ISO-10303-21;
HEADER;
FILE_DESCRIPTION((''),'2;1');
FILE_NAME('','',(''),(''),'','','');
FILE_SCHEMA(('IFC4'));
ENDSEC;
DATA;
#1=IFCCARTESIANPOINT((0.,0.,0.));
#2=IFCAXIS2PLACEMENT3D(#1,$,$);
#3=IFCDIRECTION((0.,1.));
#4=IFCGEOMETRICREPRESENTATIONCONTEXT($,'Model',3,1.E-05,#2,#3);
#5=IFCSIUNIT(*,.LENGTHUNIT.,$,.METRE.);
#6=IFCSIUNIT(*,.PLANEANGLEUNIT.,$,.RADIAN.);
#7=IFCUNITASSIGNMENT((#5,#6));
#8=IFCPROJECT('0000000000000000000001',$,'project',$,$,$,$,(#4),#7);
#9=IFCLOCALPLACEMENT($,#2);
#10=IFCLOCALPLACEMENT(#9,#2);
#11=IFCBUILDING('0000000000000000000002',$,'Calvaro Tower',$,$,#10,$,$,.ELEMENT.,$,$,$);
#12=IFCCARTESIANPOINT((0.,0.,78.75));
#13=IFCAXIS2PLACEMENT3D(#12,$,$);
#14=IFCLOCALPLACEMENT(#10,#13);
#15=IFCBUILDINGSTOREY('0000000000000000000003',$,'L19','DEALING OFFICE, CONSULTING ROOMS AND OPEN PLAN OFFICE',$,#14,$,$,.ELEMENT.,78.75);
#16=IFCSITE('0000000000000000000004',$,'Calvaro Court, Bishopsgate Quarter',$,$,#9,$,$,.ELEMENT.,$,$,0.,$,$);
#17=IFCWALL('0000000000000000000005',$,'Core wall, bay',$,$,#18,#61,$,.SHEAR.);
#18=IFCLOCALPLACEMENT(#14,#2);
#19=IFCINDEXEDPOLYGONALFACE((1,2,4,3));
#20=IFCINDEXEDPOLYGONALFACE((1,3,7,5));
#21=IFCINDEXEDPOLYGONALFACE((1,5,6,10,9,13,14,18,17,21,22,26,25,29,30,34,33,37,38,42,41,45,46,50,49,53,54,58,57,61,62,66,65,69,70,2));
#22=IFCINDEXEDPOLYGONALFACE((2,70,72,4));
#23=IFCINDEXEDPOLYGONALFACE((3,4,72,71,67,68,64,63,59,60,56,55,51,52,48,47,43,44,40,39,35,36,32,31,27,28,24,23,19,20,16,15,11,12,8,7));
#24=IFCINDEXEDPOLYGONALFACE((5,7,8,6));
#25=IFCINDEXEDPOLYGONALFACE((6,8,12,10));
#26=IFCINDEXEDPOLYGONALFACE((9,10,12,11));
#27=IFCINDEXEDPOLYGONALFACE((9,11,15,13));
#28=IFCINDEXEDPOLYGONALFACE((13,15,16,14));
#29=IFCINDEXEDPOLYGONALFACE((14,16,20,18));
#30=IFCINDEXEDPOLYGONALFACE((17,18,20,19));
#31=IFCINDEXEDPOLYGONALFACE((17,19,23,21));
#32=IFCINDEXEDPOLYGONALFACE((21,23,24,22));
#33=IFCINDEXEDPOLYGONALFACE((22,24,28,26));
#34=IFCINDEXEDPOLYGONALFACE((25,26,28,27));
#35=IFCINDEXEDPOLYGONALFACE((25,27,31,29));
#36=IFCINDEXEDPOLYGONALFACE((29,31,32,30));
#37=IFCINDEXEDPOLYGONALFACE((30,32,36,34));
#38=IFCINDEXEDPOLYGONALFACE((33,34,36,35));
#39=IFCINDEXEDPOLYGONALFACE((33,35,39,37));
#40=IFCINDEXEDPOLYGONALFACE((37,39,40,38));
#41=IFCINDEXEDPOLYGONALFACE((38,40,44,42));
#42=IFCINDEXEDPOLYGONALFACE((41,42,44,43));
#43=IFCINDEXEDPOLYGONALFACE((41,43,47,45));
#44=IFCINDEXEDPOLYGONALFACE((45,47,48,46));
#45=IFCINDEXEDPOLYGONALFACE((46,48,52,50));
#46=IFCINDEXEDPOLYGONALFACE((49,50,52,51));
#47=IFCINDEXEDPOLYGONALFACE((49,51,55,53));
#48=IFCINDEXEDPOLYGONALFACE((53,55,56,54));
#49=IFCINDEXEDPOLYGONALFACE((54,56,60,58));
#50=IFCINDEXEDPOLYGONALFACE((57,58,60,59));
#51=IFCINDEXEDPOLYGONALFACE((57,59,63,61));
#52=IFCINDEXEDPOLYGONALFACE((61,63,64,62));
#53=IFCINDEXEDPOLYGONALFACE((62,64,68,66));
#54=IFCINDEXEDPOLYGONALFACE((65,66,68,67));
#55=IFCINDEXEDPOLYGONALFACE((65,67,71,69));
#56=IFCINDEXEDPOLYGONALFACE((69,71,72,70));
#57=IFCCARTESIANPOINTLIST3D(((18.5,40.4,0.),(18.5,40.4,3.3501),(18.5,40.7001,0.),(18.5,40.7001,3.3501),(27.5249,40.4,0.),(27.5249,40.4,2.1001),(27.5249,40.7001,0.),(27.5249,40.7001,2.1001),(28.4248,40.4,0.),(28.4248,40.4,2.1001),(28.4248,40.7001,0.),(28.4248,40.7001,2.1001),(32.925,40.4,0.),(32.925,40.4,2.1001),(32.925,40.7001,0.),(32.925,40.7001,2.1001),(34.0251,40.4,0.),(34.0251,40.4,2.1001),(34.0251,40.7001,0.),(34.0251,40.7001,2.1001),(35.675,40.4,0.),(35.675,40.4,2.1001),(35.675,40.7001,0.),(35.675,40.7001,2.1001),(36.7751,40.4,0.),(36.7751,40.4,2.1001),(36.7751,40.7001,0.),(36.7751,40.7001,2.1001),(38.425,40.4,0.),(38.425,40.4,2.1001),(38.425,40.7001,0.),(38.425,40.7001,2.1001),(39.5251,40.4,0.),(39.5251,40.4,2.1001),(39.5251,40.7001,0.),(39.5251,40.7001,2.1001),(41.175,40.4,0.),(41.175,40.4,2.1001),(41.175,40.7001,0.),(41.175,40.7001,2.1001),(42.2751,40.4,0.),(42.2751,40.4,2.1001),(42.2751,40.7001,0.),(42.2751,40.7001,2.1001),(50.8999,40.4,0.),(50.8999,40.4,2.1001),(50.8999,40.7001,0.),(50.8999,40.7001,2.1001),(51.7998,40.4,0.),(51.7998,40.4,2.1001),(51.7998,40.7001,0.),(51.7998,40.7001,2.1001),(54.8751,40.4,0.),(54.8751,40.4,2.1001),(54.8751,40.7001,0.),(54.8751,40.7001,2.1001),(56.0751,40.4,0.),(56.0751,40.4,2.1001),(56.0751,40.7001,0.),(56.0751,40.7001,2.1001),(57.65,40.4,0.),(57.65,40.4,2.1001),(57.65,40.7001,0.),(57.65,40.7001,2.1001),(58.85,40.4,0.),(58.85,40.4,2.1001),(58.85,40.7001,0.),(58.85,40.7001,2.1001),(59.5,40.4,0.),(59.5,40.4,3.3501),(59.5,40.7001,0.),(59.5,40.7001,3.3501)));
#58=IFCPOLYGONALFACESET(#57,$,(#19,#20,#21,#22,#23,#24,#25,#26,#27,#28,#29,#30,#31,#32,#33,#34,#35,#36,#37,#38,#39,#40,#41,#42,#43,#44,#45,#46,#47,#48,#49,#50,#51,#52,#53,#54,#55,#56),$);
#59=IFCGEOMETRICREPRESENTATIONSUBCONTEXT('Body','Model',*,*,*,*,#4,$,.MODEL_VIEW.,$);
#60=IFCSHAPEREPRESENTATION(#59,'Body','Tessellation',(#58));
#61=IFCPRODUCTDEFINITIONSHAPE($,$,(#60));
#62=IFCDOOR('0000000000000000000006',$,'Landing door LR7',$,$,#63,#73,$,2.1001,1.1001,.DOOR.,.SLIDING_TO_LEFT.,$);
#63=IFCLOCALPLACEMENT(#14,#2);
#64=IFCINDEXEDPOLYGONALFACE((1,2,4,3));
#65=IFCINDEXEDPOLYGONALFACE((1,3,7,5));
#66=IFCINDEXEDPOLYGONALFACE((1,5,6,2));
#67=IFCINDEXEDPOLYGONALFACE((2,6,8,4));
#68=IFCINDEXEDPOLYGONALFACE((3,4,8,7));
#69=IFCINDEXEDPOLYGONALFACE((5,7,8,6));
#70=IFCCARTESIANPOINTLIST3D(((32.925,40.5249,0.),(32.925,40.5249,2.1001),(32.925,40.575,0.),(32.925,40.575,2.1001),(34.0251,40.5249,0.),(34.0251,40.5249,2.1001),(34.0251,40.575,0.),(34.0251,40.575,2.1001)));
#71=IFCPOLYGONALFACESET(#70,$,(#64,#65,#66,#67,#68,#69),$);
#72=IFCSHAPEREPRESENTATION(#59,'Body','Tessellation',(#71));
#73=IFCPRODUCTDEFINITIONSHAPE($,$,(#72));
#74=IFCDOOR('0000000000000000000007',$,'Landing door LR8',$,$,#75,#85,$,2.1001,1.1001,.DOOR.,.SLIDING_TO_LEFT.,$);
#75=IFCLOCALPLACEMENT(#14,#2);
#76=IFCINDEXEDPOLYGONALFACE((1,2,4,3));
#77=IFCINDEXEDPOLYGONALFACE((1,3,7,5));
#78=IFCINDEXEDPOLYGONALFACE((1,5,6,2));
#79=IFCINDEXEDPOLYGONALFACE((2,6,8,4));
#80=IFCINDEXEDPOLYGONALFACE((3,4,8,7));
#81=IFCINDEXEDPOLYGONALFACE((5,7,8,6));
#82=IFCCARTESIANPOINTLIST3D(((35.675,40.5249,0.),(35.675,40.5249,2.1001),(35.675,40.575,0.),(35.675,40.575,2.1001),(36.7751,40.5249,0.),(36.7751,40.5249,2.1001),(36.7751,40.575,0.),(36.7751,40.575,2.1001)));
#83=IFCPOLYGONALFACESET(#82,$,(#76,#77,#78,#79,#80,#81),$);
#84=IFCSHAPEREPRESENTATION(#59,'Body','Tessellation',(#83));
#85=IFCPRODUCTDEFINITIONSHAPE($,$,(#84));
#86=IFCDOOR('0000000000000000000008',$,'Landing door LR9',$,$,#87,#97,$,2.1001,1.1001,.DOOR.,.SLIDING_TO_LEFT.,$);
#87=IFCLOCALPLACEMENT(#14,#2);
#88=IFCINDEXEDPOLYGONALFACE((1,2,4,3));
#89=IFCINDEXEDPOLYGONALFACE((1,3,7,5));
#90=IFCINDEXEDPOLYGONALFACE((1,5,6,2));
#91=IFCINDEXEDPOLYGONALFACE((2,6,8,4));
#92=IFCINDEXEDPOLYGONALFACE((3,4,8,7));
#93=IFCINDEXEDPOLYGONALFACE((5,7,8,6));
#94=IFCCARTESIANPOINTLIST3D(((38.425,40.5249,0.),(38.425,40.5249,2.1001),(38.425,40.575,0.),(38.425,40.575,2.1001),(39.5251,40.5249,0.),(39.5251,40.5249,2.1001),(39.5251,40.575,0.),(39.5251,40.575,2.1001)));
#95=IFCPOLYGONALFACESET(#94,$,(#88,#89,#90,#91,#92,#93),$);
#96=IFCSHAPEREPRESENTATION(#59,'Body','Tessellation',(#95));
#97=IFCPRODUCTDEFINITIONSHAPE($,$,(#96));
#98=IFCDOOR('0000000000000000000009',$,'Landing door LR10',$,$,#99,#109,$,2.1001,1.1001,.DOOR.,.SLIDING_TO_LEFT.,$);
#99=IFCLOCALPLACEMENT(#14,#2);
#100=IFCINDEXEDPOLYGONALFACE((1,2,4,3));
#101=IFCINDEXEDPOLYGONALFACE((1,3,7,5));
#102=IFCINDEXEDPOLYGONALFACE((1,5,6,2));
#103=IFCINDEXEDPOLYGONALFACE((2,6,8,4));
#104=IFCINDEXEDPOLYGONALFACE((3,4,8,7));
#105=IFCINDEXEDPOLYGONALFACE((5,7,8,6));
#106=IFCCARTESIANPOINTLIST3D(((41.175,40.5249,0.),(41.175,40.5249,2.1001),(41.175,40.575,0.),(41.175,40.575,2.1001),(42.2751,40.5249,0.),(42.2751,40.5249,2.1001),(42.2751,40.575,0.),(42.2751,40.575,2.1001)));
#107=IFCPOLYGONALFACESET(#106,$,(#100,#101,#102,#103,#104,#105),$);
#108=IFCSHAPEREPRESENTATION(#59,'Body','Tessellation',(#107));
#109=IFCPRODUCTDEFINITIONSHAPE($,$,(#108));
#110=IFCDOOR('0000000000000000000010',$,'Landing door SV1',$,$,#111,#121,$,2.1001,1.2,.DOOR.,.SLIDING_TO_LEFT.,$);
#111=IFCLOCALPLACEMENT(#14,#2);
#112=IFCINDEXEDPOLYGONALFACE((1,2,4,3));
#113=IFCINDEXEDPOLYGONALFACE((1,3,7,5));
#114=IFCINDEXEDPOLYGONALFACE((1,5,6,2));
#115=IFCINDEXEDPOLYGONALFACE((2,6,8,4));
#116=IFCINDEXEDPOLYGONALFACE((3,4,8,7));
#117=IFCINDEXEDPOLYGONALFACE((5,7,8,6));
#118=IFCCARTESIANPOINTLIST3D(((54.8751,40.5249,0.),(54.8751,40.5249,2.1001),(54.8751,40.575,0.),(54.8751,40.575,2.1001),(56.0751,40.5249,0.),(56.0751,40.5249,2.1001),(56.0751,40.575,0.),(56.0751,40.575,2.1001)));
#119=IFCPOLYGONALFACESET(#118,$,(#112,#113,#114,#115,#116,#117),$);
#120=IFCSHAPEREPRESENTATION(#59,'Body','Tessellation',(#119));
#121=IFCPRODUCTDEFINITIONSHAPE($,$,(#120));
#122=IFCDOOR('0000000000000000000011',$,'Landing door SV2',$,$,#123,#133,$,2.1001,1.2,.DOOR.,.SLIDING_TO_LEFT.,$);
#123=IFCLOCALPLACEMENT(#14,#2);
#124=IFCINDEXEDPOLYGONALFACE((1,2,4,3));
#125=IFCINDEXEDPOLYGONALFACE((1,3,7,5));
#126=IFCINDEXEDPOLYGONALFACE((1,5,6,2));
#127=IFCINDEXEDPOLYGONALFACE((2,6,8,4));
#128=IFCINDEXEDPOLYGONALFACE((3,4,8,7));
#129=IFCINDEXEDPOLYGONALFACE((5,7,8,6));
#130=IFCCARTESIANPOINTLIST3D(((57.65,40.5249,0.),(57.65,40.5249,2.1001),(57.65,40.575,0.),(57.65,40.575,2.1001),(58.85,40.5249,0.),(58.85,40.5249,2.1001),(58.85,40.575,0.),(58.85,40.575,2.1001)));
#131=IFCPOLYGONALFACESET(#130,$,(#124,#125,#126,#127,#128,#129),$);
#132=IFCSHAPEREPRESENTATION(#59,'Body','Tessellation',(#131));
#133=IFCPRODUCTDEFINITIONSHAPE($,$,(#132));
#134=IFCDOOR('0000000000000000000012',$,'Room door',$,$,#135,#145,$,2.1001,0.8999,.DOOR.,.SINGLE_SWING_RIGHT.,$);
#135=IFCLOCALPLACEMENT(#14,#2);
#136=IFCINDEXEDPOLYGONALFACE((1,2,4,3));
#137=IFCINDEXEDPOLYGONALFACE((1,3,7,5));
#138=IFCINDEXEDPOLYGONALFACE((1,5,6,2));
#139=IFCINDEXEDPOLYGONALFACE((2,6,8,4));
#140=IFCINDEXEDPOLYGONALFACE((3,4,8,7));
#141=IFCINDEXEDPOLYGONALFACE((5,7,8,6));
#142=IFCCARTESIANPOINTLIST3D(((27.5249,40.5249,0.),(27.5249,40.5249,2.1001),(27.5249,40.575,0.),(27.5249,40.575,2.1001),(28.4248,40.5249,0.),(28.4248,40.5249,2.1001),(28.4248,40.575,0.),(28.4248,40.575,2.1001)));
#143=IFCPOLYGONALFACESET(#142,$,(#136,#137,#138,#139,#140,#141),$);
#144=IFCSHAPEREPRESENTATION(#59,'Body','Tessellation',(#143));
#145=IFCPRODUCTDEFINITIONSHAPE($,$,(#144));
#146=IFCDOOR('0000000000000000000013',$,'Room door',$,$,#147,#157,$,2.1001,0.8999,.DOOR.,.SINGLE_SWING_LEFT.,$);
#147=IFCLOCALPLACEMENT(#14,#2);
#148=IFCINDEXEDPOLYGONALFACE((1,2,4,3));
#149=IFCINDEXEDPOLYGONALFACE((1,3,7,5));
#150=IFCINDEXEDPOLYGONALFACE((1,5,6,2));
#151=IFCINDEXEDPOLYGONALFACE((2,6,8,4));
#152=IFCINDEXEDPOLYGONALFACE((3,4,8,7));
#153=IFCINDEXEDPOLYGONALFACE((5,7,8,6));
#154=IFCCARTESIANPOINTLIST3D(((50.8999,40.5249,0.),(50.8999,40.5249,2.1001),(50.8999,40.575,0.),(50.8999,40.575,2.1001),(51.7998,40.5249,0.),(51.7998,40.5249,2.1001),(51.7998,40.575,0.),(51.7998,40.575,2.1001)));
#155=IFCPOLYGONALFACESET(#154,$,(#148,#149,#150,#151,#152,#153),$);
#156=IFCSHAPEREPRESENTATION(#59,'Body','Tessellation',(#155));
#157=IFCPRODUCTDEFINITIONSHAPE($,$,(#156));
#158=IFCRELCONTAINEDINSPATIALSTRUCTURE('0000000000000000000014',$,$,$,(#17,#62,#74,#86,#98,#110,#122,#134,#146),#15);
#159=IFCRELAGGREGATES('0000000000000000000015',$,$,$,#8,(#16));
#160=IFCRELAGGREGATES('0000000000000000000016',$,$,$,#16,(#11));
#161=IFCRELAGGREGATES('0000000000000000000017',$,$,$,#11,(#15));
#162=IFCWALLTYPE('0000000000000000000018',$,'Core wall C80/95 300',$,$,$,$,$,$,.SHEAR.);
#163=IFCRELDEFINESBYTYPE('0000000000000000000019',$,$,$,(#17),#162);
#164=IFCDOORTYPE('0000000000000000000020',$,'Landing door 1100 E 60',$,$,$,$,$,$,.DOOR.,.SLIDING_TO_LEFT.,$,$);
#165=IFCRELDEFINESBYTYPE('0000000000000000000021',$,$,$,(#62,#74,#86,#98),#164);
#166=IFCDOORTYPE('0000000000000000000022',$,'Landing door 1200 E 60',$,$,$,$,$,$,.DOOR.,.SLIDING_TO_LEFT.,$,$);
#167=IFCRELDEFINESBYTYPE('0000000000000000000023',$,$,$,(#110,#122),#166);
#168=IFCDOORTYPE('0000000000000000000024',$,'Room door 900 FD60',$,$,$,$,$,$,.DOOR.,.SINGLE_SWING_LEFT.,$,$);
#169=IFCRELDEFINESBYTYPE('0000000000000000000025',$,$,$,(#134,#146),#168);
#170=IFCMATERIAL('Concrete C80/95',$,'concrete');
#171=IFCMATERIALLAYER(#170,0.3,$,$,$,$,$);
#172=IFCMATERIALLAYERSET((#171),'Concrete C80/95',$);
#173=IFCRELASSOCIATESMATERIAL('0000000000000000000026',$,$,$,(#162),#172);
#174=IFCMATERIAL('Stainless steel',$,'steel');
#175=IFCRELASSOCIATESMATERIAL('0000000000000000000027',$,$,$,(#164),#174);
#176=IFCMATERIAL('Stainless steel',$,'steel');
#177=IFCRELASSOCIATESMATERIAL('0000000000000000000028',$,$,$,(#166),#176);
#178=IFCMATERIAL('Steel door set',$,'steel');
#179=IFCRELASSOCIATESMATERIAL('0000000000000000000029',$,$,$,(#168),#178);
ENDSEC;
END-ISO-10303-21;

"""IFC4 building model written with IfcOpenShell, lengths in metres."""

from ifc_helpers import new_model, si_unit, direction, frame, frame_2d, origin, place, context, subcontext, project, spatial, rectangle, extrude, material, layer, layer_set, type_object, element, fill, save


model = new_model("IFC4")

# Units and contexts
model_context = context("Model", 3, precision=1e-05, world=origin(), true_north=direction((0.0, 1.0)))
body_context = subcontext(model_context, "Body", "Model", "MODEL_VIEW")
ifc_project = project(units=[si_unit("LENGTHUNIT", "METRE"), si_unit("PLANEANGLEUNIT", "RADIAN")], contexts=[model_context])

# Site, building, storey
site_placement = place(None, origin())
site = spatial("IfcSite", under=ifc_project, at=site_placement, Name="Calvaro Court, Bishopsgate Quarter", CompositionType="ELEMENT", RefElevation=0.0)
building_placement = place(site_placement, origin())
building = spatial("IfcBuilding", under=site, at=building_placement, Name="Calvaro Tower", CompositionType="ELEMENT")
storey_placement = place(building_placement, frame((0.0, 0.0, 78.75)))
storey = spatial("IfcBuildingStorey", under=building, at=storey_placement, Name="L19", Description="DEALING OFFICE, CONSULTING ROOMS AND OPEN PLAN OFFICE", CompositionType="ELEMENT", Elevation=78.75)

# Shared definitions
ifc_material_1 = material(Name="Concrete C80/95", Category="concrete")
ifc_layer_1 = layer(ifc_material_1, 0.3)
ifc_layer_set_1 = layer_set([ifc_layer_1], Name="Concrete C80/95")
wall_type_1 = type_object("IfcWallType", Name="Core wall C80/95 300", PredefinedType="SHEAR", material=ifc_layer_set_1)
ifc_material_2 = material(Name="Stainless steel", Category="steel")
door_type_1 = type_object("IfcDoorType", Name="Landing door 1100 E 60", OperationType="SLIDING_TO_LEFT", PredefinedType="DOOR", material=ifc_material_2)

# Wall, openings, doors
wall_1_placement = place(storey_placement, frame((18.5, 40.55, 0.0), z_axis=(0.0, 0.0, 1.0), x_axis=(1.0, 0.0, 0.0)))
wall_1 = element("IfcWall", 1, at=wall_1_placement, inside=storey, type_object=wall_type_1, Name="Core wall, bay", PredefinedType="SHEAR", context=body_context, shape_type="SweptSolid", body=[
    extrude(rectangle(XDim=41.0, YDim=0.3, at=frame_2d((20.5, 0.0))), origin(), (0.0, 0.0, 1.0), 3.3501),
])
opening_1_placement = place(wall_1_placement, frame((9.0249, 0.0, 0.0)))
opening_1 = element("IfcOpeningElement", 2, at=opening_1_placement, cuts=wall_1, PredefinedType="OPENING", context=body_context, shape_type="SweptSolid", body=[
    extrude(rectangle(XDim=0.8999, YDim=2.1001, at=frame_2d((0.45, 1.05))), frame((0.0, 0.1599, 0.0), z_axis=(0.0, -1.0, 0.0), x_axis=(1.0, 0.0, 0.0)), (0.0, 0.0, 1.0), 0.3201),
])
opening_2_placement = place(wall_1_placement, frame((32.3999, 0.0, 0.0)))
opening_2 = element("IfcOpeningElement", 3, at=opening_2_placement, cuts=wall_1, PredefinedType="OPENING", context=body_context, shape_type="SweptSolid", body=[
    extrude(rectangle(XDim=0.8999, YDim=2.1001, at=frame_2d((0.45, 1.05))), frame((0.0, 0.1599, 0.0), z_axis=(0.0, -1.0, 0.0), x_axis=(1.0, 0.0, 0.0)), (0.0, 0.0, 1.0), 0.3201),
])
opening_3_placement = place(wall_1_placement, frame((14.425, 0.0, 0.0)))
opening_3 = element("IfcOpeningElement", 4, at=opening_3_placement, cuts=wall_1, PredefinedType="OPENING", context=body_context, shape_type="SweptSolid", body=[
    extrude(rectangle(XDim=1.1001, YDim=2.1001, at=frame_2d((0.55, 1.05))), frame((0.0, 0.1599, 0.0), z_axis=(0.0, -1.0, 0.0), x_axis=(1.0, 0.0, 0.0)), (0.0, 0.0, 1.0), 0.3201),
])
opening_4_placement = place(wall_1_placement, frame((17.175, 0.0, 0.0)))
opening_4 = element("IfcOpeningElement", 5, at=opening_4_placement, cuts=wall_1, PredefinedType="OPENING", context=body_context, shape_type="SweptSolid", body=[
    extrude(rectangle(XDim=1.1001, YDim=2.1001, at=frame_2d((0.55, 1.05))), frame((0.0, 0.1599, 0.0), z_axis=(0.0, -1.0, 0.0), x_axis=(1.0, 0.0, 0.0)), (0.0, 0.0, 1.0), 0.3201),
])
opening_5_placement = place(wall_1_placement, frame((19.925, 0.0, 0.0)))
opening_5 = element("IfcOpeningElement", 6, at=opening_5_placement, cuts=wall_1, PredefinedType="OPENING", context=body_context, shape_type="SweptSolid", body=[
    extrude(rectangle(XDim=1.1001, YDim=2.1001, at=frame_2d((0.55, 1.05))), frame((0.0, 0.1599, 0.0), z_axis=(0.0, -1.0, 0.0), x_axis=(1.0, 0.0, 0.0)), (0.0, 0.0, 1.0), 0.3201),
])
opening_6_placement = place(wall_1_placement, frame((22.675, 0.0, 0.0)))
opening_6 = element("IfcOpeningElement", 7, at=opening_6_placement, cuts=wall_1, PredefinedType="OPENING", context=body_context, shape_type="SweptSolid", body=[
    extrude(rectangle(XDim=1.1001, YDim=2.1001, at=frame_2d((0.55, 1.05))), frame((0.0, 0.1599, 0.0), z_axis=(0.0, -1.0, 0.0), x_axis=(1.0, 0.0, 0.0)), (0.0, 0.0, 1.0), 0.3201),
])
opening_7_placement = place(wall_1_placement, frame((36.375, 0.0, 0.0)))
opening_7 = element("IfcOpeningElement", 8, at=opening_7_placement, cuts=wall_1, PredefinedType="OPENING", context=body_context, shape_type="SweptSolid", body=[
    extrude(rectangle(XDim=1.2, YDim=2.1001, at=frame_2d((0.6001, 1.05))), frame((0.0, 0.1599, 0.0), z_axis=(0.0, -1.0, 0.0), x_axis=(1.0, 0.0, 0.0)), (0.0, 0.0, 1.0), 0.3201),
])
opening_8_placement = place(wall_1_placement, frame((39.1499, 0.0, 0.0)))
opening_8 = element("IfcOpeningElement", 9, at=opening_8_placement, cuts=wall_1, PredefinedType="OPENING", context=body_context, shape_type="SweptSolid", body=[
    extrude(rectangle(XDim=1.2, YDim=2.1001, at=frame_2d((0.6001, 1.05))), frame((0.0, 0.1599, 0.0), z_axis=(0.0, -1.0, 0.0), x_axis=(1.0, 0.0, 0.0)), (0.0, 0.0, 1.0), 0.3201),
])
door_1_placement = place(opening_3_placement, origin())
door_1 = element("IfcDoor", 10, at=door_1_placement, inside=storey, type_object=door_type_1, Name="Landing door LR7", OperationType="SLIDING_TO_LEFT", OverallHeight=2.1001, OverallWidth=1.1001, PredefinedType="DOOR", context=body_context, shape_type="SweptSolid", body=[
    extrude(rectangle(XDim=1.1001, YDim=2.1001, at=frame_2d((0.55, 1.05))), frame((0.0, 0.0249, 0.0), z_axis=(0.0, -1.0, 0.0), x_axis=(1.0, 0.0, 0.0)), (0.0, 0.0, 1.0), 0.05),
])
fill(opening_3, door_1)
door_2_placement = place(opening_4_placement, origin())
door_2 = element("IfcDoor", 11, at=door_2_placement, inside=storey, type_object=door_type_1, Name="Landing door LR8", OperationType="SLIDING_TO_LEFT", OverallHeight=2.1001, OverallWidth=1.1001, PredefinedType="DOOR", context=body_context, shape_type="SweptSolid", body=[
    extrude(rectangle(XDim=1.1001, YDim=2.1001, at=frame_2d((0.55, 1.05))), frame((0.0, 0.0249, 0.0), z_axis=(0.0, -1.0, 0.0), x_axis=(1.0, 0.0, 0.0)), (0.0, 0.0, 1.0), 0.05),
])
fill(opening_4, door_2)
door_3_placement = place(opening_5_placement, origin())
door_3 = element("IfcDoor", 12, at=door_3_placement, inside=storey, type_object=door_type_1, Name="Landing door LR9", OperationType="SLIDING_TO_LEFT", OverallHeight=2.1001, OverallWidth=1.1001, PredefinedType="DOOR", context=body_context, shape_type="SweptSolid", body=[
    extrude(rectangle(XDim=1.1001, YDim=2.1001, at=frame_2d((0.55, 1.05))), frame((0.0, 0.0249, 0.0), z_axis=(0.0, -1.0, 0.0), x_axis=(1.0, 0.0, 0.0)), (0.0, 0.0, 1.0), 0.05),
])
fill(opening_5, door_3)
door_4_placement = place(opening_6_placement, origin())
door_4 = element("IfcDoor", 13, at=door_4_placement, inside=storey, type_object=door_type_1, Name="Landing door LR10", OperationType="SLIDING_TO_LEFT", OverallHeight=2.1001, OverallWidth=1.1001, PredefinedType="DOOR", context=body_context, shape_type="SweptSolid", body=[
    extrude(rectangle(XDim=1.1001, YDim=2.1001, at=frame_2d((0.55, 1.05))), frame((0.0, 0.0249, 0.0), z_axis=(0.0, -1.0, 0.0), x_axis=(1.0, 0.0, 0.0)), (0.0, 0.0, 1.0), 0.05),
])
fill(opening_6, door_4)
ifc_material_3 = material(Name="Stainless steel", Category="steel")
door_type_2 = type_object("IfcDoorType", Name="Landing door 1200 E 60", OperationType="SLIDING_TO_LEFT", PredefinedType="DOOR", material=ifc_material_3)
door_5_placement = place(opening_7_placement, origin())
door_5 = element("IfcDoor", 14, at=door_5_placement, inside=storey, type_object=door_type_2, Name="Landing door SV1", OperationType="SLIDING_TO_LEFT", OverallHeight=2.1001, OverallWidth=1.2, PredefinedType="DOOR", context=body_context, shape_type="SweptSolid", body=[
    extrude(rectangle(XDim=1.2, YDim=2.1001, at=frame_2d((0.6001, 1.05))), frame((0.0, 0.0249, 0.0), z_axis=(0.0, -1.0, 0.0), x_axis=(1.0, 0.0, 0.0)), (0.0, 0.0, 1.0), 0.05),
])
fill(opening_7, door_5)
door_6_placement = place(opening_8_placement, origin())
door_6 = element("IfcDoor", 15, at=door_6_placement, inside=storey, type_object=door_type_2, Name="Landing door SV2", OperationType="SLIDING_TO_LEFT", OverallHeight=2.1001, OverallWidth=1.2, PredefinedType="DOOR", context=body_context, shape_type="SweptSolid", body=[
    extrude(rectangle(XDim=1.2, YDim=2.1001, at=frame_2d((0.6001, 1.05))), frame((0.0, 0.0249, 0.0), z_axis=(0.0, -1.0, 0.0), x_axis=(1.0, 0.0, 0.0)), (0.0, 0.0, 1.0), 0.05),
])
fill(opening_8, door_6)
ifc_material_4 = material(Name="Steel door set", Category="steel")
door_type_3 = type_object("IfcDoorType", Name="Room door 900 FD60", OperationType="SINGLE_SWING_LEFT", PredefinedType="DOOR", material=ifc_material_4)
door_7_placement = place(opening_1_placement, origin())
door_7 = element("IfcDoor", 16, at=door_7_placement, inside=storey, type_object=door_type_3, Name="Room door", OperationType="SINGLE_SWING_RIGHT", OverallHeight=2.1001, OverallWidth=0.8999, PredefinedType="DOOR", context=body_context, shape_type="SweptSolid", body=[
    extrude(rectangle(XDim=0.8999, YDim=2.1001, at=frame_2d((0.45, 1.05))), frame((0.0, 0.0249, 0.0), z_axis=(0.0, -1.0, 0.0), x_axis=(1.0, 0.0, 0.0)), (0.0, 0.0, 1.0), 0.05),
])
fill(opening_1, door_7)
door_8_placement = place(opening_2_placement, origin())
door_8 = element("IfcDoor", 17, at=door_8_placement, inside=storey, type_object=door_type_3, Name="Room door", OperationType="SINGLE_SWING_LEFT", OverallHeight=2.1001, OverallWidth=0.8999, PredefinedType="DOOR", context=body_context, shape_type="SweptSolid", body=[
    extrude(rectangle(XDim=0.8999, YDim=2.1001, at=frame_2d((0.45, 1.05))), frame((0.0, 0.0249, 0.0), z_axis=(0.0, -1.0, 0.0), x_axis=(1.0, 0.0, 0.0)), (0.0, 0.0, 1.0), 0.05),
])
fill(opening_2, door_8)

save(model, "model.ifc")
